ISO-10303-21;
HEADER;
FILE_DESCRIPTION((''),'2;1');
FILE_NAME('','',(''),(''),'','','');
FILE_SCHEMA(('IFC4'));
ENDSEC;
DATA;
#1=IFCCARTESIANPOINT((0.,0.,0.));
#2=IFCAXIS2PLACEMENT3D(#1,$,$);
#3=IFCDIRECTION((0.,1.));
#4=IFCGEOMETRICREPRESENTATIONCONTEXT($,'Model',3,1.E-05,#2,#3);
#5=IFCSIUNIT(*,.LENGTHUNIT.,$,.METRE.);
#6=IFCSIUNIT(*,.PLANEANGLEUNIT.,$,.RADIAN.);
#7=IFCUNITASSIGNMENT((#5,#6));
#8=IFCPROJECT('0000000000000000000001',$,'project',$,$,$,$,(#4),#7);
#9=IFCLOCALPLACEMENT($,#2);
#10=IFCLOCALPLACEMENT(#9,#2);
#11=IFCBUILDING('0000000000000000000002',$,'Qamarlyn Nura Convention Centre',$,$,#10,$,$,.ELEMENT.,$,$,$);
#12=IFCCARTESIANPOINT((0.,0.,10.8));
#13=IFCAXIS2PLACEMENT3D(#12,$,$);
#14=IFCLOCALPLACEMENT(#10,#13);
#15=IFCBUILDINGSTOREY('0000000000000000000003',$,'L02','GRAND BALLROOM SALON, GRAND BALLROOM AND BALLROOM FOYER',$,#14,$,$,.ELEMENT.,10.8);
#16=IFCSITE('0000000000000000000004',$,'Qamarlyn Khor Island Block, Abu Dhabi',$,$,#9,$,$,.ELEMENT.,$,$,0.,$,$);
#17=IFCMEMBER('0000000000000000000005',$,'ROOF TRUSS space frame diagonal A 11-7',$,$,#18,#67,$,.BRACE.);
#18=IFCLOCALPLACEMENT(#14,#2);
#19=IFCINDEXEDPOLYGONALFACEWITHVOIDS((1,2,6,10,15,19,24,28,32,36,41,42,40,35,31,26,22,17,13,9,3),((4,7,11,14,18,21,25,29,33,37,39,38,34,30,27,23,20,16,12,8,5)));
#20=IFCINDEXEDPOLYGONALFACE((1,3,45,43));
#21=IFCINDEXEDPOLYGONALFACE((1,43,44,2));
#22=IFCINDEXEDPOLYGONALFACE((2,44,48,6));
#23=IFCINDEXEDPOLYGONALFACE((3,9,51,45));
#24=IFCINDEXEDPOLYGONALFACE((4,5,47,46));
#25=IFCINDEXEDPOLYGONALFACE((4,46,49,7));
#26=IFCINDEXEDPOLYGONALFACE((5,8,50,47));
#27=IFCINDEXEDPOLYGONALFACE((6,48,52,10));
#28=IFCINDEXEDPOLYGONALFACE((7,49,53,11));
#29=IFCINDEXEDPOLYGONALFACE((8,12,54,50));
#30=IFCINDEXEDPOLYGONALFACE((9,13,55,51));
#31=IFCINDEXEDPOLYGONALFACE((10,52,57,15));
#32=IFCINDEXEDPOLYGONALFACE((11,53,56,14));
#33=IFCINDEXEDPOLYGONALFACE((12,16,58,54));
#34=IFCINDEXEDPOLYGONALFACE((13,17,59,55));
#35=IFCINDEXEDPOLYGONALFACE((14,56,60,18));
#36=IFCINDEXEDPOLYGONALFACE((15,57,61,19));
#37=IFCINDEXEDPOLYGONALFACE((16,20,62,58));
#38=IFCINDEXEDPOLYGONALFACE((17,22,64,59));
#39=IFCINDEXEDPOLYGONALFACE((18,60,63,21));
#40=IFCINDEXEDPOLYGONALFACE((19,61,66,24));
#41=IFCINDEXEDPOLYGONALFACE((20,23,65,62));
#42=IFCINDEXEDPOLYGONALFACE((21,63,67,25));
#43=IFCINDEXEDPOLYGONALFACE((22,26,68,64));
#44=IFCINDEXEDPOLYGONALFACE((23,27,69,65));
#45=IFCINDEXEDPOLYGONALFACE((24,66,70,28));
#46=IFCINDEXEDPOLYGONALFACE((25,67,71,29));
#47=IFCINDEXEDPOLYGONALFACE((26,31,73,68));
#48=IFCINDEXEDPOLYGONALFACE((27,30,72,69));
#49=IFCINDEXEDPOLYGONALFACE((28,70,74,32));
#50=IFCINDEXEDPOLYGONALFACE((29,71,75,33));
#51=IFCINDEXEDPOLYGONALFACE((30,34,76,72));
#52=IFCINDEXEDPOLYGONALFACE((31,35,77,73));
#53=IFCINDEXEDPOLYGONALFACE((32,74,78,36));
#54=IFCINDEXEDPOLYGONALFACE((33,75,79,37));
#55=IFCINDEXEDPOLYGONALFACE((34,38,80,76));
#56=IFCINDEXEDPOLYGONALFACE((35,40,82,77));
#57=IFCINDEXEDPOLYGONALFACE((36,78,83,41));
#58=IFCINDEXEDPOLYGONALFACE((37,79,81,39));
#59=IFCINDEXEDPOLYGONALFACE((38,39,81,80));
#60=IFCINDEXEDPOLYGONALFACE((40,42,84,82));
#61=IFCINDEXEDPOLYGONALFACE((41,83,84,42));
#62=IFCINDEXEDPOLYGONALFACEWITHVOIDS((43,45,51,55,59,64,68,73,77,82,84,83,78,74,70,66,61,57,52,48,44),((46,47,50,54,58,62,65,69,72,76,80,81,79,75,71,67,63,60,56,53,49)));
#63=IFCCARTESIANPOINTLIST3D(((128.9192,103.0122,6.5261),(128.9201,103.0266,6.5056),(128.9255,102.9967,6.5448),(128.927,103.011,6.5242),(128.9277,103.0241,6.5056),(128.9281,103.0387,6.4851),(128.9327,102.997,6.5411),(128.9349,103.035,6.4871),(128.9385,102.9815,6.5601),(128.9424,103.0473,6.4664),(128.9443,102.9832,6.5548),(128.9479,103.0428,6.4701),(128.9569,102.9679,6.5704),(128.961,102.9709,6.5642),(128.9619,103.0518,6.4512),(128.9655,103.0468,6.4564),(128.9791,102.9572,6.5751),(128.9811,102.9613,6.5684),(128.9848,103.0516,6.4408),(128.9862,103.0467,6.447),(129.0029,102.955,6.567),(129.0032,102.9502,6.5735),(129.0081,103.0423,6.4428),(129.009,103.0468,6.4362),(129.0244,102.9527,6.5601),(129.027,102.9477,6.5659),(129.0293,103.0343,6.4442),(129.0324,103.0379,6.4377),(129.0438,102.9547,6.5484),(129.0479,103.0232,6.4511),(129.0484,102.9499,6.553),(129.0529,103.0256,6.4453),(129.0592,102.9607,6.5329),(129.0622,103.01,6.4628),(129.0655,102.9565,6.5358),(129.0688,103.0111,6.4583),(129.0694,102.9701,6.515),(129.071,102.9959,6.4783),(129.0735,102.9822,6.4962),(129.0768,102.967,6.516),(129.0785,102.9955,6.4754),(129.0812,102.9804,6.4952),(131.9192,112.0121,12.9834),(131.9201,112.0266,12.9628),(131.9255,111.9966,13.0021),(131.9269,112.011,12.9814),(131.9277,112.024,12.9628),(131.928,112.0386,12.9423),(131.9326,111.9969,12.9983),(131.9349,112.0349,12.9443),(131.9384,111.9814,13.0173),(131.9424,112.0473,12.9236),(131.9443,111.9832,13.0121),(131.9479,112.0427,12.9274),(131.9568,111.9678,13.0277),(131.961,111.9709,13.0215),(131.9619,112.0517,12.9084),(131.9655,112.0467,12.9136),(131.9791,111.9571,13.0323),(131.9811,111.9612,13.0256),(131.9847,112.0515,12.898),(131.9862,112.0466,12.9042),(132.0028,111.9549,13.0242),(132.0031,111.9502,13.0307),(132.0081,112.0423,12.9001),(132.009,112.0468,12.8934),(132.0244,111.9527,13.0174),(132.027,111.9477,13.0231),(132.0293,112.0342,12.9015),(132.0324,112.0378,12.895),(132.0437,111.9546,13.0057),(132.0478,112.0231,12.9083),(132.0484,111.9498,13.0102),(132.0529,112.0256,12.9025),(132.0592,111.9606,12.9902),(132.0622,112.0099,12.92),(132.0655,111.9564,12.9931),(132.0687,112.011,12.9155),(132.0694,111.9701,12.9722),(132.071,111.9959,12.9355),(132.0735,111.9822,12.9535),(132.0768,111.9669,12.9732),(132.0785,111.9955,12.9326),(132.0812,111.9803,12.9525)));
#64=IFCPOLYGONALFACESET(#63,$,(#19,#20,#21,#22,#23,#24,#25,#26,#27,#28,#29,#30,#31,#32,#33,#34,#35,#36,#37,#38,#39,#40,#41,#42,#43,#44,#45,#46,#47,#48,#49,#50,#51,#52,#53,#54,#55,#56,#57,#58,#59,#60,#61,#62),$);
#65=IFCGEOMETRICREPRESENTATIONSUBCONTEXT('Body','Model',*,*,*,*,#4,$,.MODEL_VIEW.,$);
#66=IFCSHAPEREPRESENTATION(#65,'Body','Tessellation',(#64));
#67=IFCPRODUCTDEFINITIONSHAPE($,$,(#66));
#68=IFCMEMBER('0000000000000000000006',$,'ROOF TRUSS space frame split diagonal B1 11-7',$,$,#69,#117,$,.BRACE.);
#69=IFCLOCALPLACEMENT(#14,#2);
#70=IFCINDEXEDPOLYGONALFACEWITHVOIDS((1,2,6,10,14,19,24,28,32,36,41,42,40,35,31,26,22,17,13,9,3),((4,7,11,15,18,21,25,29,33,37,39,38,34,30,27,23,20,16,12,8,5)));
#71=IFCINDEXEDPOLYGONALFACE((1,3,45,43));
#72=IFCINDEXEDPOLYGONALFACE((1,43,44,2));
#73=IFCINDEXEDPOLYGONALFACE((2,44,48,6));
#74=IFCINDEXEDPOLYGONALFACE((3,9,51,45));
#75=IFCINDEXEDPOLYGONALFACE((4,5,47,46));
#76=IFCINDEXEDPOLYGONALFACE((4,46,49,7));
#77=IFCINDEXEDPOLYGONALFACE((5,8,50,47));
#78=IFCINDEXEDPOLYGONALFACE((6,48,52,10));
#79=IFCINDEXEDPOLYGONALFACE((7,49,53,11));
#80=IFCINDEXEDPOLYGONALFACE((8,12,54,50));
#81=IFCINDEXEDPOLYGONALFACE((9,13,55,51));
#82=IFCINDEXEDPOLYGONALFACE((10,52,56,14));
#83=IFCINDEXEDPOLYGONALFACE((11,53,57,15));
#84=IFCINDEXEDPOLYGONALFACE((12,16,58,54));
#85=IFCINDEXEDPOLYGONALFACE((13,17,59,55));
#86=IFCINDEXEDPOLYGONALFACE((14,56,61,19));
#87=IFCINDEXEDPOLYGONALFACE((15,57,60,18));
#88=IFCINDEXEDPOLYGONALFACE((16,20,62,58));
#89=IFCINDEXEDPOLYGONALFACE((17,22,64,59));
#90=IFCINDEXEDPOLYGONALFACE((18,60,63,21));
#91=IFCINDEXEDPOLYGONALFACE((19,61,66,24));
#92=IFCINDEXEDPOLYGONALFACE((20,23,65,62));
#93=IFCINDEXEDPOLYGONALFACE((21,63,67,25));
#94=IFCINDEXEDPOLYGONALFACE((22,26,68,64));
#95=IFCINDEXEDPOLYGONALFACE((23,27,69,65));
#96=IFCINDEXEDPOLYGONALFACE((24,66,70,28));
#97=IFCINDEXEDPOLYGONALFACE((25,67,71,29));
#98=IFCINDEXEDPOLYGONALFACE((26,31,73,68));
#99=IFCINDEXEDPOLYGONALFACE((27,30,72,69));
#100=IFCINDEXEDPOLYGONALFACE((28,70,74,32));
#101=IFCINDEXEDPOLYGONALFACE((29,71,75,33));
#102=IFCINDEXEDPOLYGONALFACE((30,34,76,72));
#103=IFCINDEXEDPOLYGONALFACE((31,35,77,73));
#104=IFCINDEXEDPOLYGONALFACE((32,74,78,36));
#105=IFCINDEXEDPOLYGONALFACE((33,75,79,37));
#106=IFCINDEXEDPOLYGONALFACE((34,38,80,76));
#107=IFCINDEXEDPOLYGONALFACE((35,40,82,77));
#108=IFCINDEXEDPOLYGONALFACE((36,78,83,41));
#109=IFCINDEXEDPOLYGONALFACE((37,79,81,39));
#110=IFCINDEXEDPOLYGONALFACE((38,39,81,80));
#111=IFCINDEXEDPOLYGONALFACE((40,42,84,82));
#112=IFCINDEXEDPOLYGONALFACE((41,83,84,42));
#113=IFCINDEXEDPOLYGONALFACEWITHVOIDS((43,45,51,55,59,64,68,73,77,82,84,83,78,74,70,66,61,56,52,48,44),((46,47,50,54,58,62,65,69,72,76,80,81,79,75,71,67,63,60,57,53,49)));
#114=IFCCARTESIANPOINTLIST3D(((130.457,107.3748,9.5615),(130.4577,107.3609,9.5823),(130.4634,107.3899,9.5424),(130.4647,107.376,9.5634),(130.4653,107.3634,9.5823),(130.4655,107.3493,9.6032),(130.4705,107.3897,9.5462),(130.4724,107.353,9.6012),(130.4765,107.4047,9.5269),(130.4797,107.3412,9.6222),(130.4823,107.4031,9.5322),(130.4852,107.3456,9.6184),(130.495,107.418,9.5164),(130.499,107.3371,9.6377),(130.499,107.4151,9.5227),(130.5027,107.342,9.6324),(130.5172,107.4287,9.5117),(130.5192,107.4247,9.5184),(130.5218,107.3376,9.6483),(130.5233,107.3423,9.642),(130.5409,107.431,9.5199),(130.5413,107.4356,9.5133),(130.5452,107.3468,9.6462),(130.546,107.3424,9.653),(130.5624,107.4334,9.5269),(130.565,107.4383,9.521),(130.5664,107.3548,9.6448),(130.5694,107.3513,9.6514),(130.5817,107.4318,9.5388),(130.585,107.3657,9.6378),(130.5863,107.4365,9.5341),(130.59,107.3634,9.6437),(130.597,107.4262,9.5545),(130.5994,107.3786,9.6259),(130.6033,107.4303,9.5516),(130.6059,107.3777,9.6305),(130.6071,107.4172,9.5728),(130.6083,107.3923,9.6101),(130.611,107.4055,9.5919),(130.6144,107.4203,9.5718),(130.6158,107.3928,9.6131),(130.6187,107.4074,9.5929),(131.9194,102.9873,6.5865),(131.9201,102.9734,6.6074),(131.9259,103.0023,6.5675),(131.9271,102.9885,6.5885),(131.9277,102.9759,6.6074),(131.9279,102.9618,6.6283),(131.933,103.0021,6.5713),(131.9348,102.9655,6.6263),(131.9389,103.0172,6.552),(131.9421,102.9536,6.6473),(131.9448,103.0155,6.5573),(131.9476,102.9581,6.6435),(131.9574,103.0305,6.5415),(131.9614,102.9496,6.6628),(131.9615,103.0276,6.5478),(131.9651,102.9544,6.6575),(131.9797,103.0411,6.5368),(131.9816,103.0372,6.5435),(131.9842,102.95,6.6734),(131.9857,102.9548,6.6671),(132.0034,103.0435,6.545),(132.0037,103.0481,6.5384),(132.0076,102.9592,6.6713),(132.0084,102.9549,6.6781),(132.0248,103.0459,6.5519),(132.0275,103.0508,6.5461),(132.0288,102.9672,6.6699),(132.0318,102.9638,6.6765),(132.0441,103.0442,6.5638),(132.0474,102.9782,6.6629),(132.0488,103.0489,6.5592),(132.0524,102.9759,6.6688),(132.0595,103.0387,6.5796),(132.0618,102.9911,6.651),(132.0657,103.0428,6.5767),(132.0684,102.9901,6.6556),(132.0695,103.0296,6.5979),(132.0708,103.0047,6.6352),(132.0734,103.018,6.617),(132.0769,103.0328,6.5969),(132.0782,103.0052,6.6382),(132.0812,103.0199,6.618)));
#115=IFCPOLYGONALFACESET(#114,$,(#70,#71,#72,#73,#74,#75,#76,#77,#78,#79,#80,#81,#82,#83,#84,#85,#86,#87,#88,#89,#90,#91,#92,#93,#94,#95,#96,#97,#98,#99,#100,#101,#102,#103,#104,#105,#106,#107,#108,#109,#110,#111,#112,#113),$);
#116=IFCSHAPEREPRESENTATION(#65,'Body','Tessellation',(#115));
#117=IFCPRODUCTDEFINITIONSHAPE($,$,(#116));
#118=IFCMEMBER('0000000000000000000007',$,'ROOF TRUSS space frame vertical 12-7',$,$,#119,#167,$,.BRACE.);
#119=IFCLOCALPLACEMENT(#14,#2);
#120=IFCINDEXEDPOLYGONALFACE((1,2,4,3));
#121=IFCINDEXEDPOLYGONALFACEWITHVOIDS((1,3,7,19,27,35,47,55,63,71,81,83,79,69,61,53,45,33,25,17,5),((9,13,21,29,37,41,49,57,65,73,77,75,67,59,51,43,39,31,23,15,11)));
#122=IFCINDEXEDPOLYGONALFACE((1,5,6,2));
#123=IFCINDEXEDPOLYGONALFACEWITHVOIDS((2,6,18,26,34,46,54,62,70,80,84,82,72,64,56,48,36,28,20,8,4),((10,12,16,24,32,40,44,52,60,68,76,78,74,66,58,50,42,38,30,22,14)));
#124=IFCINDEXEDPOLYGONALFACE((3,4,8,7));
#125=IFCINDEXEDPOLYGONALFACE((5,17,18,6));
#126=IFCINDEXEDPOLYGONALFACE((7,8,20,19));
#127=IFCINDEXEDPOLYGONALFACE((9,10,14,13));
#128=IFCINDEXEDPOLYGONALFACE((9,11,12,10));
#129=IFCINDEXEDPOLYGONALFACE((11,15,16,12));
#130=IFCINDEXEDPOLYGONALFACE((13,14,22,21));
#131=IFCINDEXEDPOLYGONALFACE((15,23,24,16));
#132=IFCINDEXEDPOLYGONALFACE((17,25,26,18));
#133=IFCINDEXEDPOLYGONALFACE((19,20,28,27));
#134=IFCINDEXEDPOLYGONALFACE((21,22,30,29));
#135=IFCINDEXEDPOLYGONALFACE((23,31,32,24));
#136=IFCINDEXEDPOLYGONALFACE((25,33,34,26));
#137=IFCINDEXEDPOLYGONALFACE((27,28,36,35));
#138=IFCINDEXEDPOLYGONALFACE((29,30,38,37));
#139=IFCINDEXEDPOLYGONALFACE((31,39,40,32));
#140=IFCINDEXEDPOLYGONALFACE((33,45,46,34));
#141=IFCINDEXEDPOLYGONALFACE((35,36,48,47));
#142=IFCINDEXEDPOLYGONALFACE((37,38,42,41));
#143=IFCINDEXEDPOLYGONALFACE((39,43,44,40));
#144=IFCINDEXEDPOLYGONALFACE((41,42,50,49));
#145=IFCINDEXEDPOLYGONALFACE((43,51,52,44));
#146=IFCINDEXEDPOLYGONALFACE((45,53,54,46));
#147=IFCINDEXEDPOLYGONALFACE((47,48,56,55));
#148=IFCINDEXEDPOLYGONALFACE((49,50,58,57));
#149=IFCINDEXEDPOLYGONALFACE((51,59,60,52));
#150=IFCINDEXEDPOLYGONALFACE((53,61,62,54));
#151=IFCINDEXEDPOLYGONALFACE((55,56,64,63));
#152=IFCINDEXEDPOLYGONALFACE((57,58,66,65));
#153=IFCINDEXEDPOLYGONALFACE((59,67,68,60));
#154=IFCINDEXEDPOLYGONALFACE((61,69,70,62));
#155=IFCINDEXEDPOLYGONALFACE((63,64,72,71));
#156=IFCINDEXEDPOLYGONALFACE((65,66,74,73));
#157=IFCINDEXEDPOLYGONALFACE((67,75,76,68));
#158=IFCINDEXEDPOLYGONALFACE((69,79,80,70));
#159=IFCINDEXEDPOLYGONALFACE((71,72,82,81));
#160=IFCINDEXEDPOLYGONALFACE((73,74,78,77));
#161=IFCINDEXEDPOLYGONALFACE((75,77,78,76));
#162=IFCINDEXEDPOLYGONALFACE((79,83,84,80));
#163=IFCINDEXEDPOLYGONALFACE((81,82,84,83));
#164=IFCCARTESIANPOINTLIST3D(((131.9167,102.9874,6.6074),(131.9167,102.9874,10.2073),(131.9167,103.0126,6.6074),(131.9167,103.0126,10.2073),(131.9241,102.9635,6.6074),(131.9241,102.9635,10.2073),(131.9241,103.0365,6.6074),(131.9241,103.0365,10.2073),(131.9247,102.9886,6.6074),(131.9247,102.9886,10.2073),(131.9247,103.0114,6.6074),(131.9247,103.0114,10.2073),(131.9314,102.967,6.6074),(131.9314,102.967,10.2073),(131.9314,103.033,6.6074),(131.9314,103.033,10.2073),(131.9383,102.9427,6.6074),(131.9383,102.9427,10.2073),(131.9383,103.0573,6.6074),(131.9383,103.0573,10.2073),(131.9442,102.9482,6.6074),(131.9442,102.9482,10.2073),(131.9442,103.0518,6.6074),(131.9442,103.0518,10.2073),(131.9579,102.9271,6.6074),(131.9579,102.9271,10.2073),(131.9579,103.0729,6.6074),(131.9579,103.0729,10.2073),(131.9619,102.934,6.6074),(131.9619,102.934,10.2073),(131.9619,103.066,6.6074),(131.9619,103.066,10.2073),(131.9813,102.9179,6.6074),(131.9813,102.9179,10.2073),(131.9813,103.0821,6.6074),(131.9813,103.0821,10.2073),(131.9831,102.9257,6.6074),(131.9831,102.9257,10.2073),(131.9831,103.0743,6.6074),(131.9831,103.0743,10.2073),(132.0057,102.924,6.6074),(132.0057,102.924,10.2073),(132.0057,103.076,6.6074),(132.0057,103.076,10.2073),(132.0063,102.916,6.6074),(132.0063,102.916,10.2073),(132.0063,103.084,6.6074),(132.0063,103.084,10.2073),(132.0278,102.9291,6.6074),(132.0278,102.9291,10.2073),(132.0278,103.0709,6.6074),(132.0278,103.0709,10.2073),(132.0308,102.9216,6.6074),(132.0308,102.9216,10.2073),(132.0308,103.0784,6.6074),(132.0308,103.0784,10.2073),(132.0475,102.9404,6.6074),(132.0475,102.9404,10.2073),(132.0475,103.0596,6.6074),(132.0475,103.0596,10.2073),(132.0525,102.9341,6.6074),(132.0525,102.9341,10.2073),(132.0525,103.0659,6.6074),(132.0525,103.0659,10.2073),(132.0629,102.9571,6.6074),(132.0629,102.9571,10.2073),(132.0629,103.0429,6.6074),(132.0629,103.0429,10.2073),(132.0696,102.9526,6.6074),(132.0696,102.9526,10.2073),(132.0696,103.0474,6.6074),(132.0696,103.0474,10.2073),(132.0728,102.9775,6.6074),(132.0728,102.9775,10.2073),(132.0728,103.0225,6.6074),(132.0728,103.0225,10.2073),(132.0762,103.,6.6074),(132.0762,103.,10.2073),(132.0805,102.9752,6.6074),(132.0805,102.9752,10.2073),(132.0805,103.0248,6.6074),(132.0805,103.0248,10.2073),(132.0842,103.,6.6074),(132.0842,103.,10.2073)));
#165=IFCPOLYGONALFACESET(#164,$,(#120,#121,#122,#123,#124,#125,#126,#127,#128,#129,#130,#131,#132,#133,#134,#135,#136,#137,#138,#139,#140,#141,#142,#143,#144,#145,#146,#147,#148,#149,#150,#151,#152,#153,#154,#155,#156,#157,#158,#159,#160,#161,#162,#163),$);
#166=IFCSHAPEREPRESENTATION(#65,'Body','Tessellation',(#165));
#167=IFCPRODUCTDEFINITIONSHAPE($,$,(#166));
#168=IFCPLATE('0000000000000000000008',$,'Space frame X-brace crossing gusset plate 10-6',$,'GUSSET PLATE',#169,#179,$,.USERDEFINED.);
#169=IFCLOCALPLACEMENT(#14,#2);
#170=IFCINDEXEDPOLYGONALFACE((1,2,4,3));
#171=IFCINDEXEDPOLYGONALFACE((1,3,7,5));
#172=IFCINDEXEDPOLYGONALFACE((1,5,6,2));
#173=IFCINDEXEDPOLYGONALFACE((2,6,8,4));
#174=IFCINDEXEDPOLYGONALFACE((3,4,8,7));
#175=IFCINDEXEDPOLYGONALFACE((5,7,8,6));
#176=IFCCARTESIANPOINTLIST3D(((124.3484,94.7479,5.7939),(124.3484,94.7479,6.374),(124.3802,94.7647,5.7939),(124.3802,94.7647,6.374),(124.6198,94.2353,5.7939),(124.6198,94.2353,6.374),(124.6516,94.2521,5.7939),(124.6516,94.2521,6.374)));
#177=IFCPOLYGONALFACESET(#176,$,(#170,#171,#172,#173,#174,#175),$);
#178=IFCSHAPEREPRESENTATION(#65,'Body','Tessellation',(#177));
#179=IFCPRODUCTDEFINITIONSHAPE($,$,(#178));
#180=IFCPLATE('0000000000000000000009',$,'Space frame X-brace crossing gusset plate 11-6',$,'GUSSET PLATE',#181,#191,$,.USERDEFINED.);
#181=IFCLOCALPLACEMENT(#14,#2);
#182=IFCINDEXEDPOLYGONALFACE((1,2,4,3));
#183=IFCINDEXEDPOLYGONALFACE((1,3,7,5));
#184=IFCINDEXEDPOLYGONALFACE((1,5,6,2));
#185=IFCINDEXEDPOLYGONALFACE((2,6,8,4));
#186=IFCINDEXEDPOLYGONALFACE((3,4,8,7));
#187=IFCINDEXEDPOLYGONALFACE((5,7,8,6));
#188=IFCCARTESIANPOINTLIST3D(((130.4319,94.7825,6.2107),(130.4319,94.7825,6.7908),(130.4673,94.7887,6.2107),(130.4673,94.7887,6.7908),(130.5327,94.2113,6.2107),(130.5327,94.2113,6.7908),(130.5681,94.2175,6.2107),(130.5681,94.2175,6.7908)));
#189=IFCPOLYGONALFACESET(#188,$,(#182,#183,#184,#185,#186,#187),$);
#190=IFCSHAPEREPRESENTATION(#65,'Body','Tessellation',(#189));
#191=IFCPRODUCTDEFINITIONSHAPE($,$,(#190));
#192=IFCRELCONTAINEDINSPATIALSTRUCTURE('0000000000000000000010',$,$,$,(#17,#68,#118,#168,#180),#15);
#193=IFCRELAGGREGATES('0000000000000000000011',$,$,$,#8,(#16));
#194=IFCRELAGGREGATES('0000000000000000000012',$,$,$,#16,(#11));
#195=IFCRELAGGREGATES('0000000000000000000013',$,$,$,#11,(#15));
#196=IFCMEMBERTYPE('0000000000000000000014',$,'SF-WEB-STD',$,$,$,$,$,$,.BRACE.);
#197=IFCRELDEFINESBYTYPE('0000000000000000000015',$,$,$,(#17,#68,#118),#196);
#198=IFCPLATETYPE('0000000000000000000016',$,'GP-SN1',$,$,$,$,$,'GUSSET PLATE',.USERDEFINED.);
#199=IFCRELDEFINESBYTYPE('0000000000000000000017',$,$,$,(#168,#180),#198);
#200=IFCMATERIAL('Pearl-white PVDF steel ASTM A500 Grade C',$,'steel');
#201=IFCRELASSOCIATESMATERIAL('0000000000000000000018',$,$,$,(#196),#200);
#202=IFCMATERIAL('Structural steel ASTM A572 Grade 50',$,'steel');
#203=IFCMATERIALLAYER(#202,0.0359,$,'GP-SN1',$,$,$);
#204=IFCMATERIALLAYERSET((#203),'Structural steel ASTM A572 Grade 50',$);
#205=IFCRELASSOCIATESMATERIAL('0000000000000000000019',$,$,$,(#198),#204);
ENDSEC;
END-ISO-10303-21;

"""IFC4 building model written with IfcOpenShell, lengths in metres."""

from ifc_helpers import new_model, si_unit, direction, frame, origin, origin_2d, place, context, subcontext, project, spatial, rectangle, hollow_circle, extrude, material, layer, layer_set, material_profile, profile_set, type_object, element, save


model = new_model("IFC4")

# Units and contexts
model_context = context("Model", 3, precision=1e-05, world=origin(), true_north=direction((0.0, 1.0)))
body_context = subcontext(model_context, "Body", "Model", "MODEL_VIEW")
ifc_project = project(units=[si_unit("LENGTHUNIT", "METRE"), si_unit("PLANEANGLEUNIT", "RADIAN")], contexts=[model_context])

# Site, building, storey
site_placement = place(None, origin())
site = spatial("IfcSite", under=ifc_project, at=site_placement, Name="Qamarlyn Khor Island Block, Abu Dhabi", CompositionType="ELEMENT", RefElevation=0.0)
building_placement = place(site_placement, origin())
building = spatial("IfcBuilding", under=site, at=building_placement, Name="Qamarlyn Nura Convention Centre", CompositionType="ELEMENT")
storey_placement = place(building_placement, frame((0.0, 0.0, 10.8)))
storey = spatial("IfcBuildingStorey", under=building, at=storey_placement, Name="L02", Description="GRAND BALLROOM SALON, GRAND BALLROOM AND BALLROOM FOYER", CompositionType="ELEMENT", Elevation=10.8)

# Members
ifc_material_1 = material(Name="Pearl-white PVDF steel ASTM A500 Grade C", Category="steel")
ifc_material_profile_1 = material_profile(ifc_material_1, hollow_circle(Radius=0.0842, WallThickness=0.0081, at=origin_2d()), Name="CHS168.3X8")
ifc_profile_set_1 = profile_set([ifc_material_profile_1], Name="Pearl-white PVDF steel ASTM A500 Grade C")
member_type_1 = type_object("IfcMemberType", Name="SF-WEB-STD", PredefinedType="BRACE", material=ifc_profile_set_1)
member_1_placement = place(storey_placement, frame((129.0, 103.0, 6.5056), z_axis=(0.261417, 0.784252, 0.562681), x_axis=(-0.948683, 0.316228, 0.0)))
element("IfcMember", 1, at=member_1_placement, inside=storey, type_object=member_type_1, Name="ROOF TRUSS space frame diagonal A 11-7", PredefinedType="BRACE", context=body_context, shape_type="SweptSolid", body=[
    extrude(hollow_circle(Radius=0.0842, WallThickness=0.0081, at=origin_2d()), origin(), (0.0, 0.0, 1.0), 11.4758),
])
member_2_placement = place(storey_placement, frame((132.0, 103.0, 6.6074), z_axis=(-0.265944, 0.797875, 0.540989), x_axis=(-0.948689, -0.316212, 0.0)))
element("IfcMember", 2, at=member_2_placement, inside=storey, type_object=member_type_1, Name="ROOF TRUSS space frame split diagonal B1 11-7", PredefinedType="BRACE", context=body_context, shape_type="SweptSolid", body=[
    extrude(hollow_circle(Radius=0.0842, WallThickness=0.0081, at=origin_2d()), origin(), (0.0, 0.0, 1.0), 5.499),
])
member_3_placement = place(storey_placement, frame((132.0, 103.0, 6.6074), z_axis=(0.0, 0.0, 1.0), x_axis=(1.0, 0.0, 0.0)))
element("IfcMember", 3, at=member_3_placement, inside=storey, type_object=member_type_1, Name="ROOF TRUSS space frame vertical 12-7", PredefinedType="BRACE", context=body_context, shape_type="SweptSolid", body=[
    extrude(hollow_circle(Radius=0.0842, WallThickness=0.0081, at=origin_2d()), origin(), (0.0, 0.0, 1.0), 3.5999),
])

# Plates
ifc_material_2 = material(Name="Structural steel ASTM A572 Grade 50", Category="steel")
ifc_layer_1 = layer(ifc_material_2, 0.0359, Name="GP-SN1")
ifc_layer_set_1 = layer_set([ifc_layer_1], Name="Structural steel ASTM A572 Grade 50")
plate_type_1 = type_object("IfcPlateType", Name="GP-SN1", ElementType="GUSSET PLATE", PredefinedType="USERDEFINED", material=ifc_layer_set_1)
for number, where, z_axis, x_axis, name in (
    (4, (124.5, 94.5, 5.7939), (0.0, 0.0, 1.0), (-0.467888, 0.883788, 0.0), "Space frame X-brace crossing gusset plate 10-6"),
    (5, (130.5, 94.5, 6.2107), (0.0, 0.0, 1.0), (-0.173786, 0.984783, 0.0), "Space frame X-brace crossing gusset plate 11-6"),
):
    element("IfcPlate", number, at=place(storey_placement, frame(where, z_axis=z_axis, x_axis=x_axis)), inside=storey, type_object=plate_type_1, Name=name, ObjectType="GUSSET PLATE", PredefinedType="USERDEFINED", context=body_context, shape_type="SweptSolid", body=[
        extrude(rectangle(XDim=0.5801, YDim=0.0359, at=origin_2d()), origin(), (0.0, 0.0, 1.0), 0.5801),
    ])

save(model, "model.ifc")
